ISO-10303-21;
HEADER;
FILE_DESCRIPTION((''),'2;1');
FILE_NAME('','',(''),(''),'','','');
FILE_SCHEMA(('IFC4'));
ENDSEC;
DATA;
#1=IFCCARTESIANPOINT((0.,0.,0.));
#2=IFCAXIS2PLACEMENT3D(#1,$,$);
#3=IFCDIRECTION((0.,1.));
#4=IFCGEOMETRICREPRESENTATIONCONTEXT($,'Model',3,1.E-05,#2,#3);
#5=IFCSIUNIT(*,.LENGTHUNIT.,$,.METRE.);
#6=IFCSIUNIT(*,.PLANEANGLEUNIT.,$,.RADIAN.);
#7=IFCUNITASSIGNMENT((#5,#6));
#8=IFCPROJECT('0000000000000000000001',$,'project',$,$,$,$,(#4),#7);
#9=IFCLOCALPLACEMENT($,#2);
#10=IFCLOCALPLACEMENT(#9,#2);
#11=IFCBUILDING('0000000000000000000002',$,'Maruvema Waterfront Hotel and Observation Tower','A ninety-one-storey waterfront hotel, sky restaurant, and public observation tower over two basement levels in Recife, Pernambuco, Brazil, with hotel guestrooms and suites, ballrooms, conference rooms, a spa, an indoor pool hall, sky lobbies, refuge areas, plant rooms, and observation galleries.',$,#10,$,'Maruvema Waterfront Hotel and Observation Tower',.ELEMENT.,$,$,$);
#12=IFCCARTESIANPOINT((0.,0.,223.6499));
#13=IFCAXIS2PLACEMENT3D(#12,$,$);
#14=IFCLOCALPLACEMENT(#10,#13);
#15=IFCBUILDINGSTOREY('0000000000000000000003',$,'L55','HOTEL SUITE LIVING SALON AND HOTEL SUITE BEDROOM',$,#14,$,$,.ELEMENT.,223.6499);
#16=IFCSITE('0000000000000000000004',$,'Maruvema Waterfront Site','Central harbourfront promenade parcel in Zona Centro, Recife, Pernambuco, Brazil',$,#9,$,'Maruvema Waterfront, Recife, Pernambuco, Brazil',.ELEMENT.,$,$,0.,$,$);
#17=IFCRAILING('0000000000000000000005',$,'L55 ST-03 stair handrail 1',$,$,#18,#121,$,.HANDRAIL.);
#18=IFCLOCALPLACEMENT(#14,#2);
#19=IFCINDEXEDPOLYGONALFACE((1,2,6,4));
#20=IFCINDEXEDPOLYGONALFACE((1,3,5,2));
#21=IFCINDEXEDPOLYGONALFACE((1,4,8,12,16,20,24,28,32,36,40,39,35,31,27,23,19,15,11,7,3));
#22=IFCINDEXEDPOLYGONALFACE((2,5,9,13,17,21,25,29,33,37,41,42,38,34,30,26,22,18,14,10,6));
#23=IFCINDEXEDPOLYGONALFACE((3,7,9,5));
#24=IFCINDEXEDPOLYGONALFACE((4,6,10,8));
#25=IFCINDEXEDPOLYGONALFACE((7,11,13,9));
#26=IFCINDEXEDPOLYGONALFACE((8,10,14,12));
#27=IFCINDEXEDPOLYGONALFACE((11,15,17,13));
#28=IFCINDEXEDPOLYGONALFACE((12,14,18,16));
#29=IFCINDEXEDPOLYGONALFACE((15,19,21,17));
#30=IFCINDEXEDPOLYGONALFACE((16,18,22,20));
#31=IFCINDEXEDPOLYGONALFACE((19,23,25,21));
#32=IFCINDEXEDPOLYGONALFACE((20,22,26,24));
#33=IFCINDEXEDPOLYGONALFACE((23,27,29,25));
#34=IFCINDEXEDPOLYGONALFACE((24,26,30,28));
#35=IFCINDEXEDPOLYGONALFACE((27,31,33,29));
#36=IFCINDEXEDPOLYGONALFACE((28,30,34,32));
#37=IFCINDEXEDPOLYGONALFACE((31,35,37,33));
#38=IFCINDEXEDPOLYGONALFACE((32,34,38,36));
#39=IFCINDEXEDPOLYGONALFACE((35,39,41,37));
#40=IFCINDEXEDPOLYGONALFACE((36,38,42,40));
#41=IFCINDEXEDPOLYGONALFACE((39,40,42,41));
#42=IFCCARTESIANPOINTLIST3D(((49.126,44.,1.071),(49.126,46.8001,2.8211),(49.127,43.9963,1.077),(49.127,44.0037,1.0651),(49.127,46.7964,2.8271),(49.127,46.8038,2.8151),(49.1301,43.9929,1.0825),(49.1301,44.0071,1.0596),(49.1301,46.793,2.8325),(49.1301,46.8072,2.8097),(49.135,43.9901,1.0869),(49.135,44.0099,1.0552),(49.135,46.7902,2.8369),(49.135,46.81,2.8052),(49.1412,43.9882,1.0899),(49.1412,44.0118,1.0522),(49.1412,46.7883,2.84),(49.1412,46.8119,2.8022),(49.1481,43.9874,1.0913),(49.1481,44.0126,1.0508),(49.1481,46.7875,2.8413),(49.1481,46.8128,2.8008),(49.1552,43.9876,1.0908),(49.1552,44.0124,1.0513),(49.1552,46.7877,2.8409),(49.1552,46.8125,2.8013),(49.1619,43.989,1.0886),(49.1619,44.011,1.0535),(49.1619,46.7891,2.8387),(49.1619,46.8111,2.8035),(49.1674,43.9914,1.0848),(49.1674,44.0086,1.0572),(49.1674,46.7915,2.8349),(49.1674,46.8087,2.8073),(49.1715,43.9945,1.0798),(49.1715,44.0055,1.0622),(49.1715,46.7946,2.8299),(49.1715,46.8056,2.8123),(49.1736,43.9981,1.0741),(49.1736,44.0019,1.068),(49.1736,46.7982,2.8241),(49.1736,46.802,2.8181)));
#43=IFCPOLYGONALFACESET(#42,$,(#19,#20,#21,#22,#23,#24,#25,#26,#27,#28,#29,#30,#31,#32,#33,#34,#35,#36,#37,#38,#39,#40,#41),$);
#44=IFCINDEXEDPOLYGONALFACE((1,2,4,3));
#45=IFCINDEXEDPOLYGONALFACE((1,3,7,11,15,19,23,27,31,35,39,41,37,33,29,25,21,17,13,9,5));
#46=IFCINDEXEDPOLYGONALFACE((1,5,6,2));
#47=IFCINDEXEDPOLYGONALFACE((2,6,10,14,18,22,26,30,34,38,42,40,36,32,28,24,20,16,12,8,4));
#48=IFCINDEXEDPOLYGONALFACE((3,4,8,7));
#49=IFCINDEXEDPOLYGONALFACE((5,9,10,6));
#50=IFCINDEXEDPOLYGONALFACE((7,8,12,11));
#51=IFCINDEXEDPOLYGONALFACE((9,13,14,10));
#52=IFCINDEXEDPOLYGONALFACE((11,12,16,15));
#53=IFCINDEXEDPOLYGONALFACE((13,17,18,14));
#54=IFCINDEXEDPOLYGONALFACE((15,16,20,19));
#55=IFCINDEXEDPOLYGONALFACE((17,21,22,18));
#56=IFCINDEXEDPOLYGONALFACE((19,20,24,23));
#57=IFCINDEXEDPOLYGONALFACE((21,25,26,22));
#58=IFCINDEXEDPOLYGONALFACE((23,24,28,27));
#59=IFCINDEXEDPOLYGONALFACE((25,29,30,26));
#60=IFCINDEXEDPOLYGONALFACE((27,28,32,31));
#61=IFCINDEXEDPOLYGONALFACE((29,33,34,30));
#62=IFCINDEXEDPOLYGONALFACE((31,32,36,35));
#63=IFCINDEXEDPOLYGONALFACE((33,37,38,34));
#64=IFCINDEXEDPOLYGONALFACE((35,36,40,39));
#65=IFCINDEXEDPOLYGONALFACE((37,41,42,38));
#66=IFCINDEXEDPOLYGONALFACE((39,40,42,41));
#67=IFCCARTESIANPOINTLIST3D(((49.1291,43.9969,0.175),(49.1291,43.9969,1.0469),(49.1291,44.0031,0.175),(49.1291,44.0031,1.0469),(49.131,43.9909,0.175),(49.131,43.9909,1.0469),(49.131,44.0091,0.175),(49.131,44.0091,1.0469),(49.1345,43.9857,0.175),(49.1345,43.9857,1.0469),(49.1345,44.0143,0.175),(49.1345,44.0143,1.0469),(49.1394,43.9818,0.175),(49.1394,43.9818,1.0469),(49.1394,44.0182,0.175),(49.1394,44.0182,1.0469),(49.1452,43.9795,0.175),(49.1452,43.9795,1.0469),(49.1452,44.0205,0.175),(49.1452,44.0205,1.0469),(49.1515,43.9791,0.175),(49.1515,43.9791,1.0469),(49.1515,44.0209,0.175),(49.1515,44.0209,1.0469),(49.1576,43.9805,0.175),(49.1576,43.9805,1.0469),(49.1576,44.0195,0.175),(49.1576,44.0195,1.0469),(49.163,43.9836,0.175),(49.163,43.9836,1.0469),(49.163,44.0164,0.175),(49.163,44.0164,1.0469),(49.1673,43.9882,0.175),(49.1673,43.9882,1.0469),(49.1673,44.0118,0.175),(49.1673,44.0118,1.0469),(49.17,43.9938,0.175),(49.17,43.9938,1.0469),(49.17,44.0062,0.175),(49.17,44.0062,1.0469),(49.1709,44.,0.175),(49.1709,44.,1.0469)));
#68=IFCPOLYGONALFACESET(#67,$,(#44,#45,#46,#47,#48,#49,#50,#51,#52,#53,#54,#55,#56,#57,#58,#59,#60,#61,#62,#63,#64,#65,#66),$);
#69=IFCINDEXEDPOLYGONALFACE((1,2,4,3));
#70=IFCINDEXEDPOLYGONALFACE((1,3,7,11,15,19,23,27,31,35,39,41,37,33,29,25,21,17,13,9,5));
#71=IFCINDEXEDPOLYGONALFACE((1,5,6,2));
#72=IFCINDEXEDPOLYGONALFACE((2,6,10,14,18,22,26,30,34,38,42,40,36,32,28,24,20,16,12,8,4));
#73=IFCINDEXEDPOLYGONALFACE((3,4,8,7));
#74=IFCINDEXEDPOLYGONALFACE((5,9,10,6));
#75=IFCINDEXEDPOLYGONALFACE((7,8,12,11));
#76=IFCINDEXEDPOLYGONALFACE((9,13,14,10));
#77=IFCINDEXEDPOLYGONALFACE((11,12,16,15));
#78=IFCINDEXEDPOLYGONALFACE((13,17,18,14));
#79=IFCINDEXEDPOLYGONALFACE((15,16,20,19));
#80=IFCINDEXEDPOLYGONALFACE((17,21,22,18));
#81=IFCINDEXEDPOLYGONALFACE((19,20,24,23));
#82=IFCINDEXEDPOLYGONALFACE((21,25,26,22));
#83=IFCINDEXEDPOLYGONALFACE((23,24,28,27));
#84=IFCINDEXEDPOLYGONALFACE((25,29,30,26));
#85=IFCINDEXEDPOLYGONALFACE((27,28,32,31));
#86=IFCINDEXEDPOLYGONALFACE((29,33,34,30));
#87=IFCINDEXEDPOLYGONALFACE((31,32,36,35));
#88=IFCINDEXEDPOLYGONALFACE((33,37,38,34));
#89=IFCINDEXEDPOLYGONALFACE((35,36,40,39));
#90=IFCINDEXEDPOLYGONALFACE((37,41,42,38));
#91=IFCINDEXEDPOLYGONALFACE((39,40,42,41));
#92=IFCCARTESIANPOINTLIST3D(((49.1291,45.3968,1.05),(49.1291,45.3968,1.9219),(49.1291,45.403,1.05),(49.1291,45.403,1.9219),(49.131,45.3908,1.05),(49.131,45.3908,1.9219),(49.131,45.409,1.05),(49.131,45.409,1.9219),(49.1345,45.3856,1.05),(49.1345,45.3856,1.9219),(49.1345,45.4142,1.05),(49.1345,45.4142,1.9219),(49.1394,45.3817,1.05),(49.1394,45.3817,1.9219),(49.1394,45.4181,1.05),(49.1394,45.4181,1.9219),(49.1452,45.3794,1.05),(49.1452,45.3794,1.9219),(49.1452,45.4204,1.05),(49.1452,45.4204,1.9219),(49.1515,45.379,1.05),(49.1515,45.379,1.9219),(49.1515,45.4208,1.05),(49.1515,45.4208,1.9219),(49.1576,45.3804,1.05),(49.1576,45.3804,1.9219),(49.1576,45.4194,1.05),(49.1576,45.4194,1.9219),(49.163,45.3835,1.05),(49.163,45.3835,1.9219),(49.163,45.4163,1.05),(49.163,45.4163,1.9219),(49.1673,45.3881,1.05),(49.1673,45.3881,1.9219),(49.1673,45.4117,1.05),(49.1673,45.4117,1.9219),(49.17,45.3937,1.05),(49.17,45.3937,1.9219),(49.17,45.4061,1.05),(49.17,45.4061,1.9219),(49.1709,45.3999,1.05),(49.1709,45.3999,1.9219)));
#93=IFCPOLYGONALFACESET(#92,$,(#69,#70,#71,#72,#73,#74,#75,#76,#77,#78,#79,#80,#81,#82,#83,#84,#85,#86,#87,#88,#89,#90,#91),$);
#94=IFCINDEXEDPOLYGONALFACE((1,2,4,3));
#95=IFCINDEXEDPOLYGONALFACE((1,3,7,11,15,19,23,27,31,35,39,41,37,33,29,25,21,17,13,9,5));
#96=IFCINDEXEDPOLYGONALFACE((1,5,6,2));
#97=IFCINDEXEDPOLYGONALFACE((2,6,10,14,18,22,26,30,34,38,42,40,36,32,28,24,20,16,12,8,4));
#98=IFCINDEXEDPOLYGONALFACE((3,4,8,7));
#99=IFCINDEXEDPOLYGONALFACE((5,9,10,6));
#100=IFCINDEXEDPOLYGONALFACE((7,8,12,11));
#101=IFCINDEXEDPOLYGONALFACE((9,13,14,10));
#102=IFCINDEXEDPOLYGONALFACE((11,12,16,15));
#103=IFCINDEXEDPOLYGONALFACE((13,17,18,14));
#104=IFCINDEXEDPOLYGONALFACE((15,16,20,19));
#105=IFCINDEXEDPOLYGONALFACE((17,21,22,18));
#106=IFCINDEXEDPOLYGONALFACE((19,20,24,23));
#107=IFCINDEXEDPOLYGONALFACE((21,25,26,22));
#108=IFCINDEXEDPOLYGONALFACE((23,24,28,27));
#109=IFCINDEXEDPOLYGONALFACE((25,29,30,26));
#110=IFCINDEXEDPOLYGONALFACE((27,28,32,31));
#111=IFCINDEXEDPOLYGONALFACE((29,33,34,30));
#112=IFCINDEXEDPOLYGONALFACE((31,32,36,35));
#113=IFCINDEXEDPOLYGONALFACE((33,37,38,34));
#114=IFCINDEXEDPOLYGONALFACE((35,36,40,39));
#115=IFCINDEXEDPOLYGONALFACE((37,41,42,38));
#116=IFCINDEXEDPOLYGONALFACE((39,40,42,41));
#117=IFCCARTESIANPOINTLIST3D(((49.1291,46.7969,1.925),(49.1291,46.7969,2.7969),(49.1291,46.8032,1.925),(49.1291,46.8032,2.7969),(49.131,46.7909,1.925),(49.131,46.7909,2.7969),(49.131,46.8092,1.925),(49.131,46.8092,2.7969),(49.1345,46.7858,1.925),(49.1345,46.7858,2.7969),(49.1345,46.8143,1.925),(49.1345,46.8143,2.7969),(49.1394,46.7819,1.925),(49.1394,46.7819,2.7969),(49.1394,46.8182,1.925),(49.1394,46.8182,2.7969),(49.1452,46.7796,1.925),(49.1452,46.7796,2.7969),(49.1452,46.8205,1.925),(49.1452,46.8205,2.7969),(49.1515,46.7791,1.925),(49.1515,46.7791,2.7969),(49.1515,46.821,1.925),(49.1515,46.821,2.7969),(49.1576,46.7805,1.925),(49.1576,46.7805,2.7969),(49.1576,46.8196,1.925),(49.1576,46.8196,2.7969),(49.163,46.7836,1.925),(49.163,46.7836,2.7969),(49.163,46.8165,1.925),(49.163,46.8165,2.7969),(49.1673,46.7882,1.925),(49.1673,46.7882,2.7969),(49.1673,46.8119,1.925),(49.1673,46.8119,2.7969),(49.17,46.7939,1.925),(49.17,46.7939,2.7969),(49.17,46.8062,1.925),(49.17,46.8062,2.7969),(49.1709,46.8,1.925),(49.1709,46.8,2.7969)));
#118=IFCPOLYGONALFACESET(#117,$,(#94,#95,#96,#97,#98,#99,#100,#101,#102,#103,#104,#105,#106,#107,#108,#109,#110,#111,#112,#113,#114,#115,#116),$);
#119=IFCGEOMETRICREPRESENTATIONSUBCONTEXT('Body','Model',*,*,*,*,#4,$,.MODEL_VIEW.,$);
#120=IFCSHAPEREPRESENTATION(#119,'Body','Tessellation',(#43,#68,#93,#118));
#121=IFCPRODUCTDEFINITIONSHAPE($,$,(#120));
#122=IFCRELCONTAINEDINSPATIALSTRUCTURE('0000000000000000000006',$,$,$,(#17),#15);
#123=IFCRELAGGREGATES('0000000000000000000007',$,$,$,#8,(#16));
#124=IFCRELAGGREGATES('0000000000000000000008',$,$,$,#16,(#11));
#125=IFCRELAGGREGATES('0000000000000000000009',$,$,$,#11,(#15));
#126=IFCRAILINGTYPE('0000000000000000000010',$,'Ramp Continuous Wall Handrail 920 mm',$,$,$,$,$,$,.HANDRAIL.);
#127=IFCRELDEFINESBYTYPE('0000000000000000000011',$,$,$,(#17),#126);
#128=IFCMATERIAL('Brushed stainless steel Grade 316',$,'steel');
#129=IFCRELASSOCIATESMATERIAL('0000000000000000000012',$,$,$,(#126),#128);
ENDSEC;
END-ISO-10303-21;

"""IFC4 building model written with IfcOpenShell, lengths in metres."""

from ifc_helpers import new_model, si_unit, direction, frame, origin, origin_2d, place, context, subcontext, project, spatial, circle, extrude, material, type_object, element, save


model = new_model("IFC4")

# Units and contexts
model_context = context("Model", 3, precision=1e-05, world=origin(), true_north=direction((0.0, 1.0)))
body_context = subcontext(model_context, "Body", "Model", "MODEL_VIEW")
ifc_project = project(units=[si_unit("LENGTHUNIT", "METRE"), si_unit("PLANEANGLEUNIT", "RADIAN")], contexts=[model_context])

# Site, building, storey
site_placement = place(None, origin())
site = spatial("IfcSite", under=ifc_project, at=site_placement, Name="Maruvema Waterfront Site", Description="Central harbourfront promenade parcel in Zona Centro, Recife, Pernambuco, Brazil", LongName="Maruvema Waterfront, Recife, Pernambuco, Brazil", CompositionType="ELEMENT", RefElevation=0.0)
building_placement = place(site_placement, origin())
building = spatial("IfcBuilding", under=site, at=building_placement, Name="Maruvema Waterfront Hotel and Observation Tower", Description="A ninety-one-storey waterfront hotel, sky restaurant, and public observation tower over two basement levels in Recife, Pernambuco, Brazil, with hotel guestrooms and suites, ballrooms, conference rooms, a spa, an indoor pool hall, sky lobbies, refuge areas, plant rooms, and observation galleries.", LongName="Maruvema Waterfront Hotel and Observation Tower", CompositionType="ELEMENT")
storey_placement = place(building_placement, frame((0.0, 0.0, 223.6499)))
storey = spatial("IfcBuildingStorey", under=building, at=storey_placement, Name="L55", Description="HOTEL SUITE LIVING SALON AND HOTEL SUITE BEDROOM", CompositionType="ELEMENT", Elevation=223.6499)

# Railing
ifc_material_1 = material(Name="Brushed stainless steel Grade 316", Category="steel")
railing_type_1 = type_object("IfcRailingType", Name="Ramp Continuous Wall Handrail 920 mm", PredefinedType="HANDRAIL", material=ifc_material_1)
railing_1_placement = place(storey_placement, frame((49.1499, 44.0, 0.175)))
element("IfcRailing", 1, at=railing_1_placement, inside=storey, type_object=railing_type_1, Name="L55 ST-03 stair handrail 1", PredefinedType="HANDRAIL", context=body_context, shape_type="SweptSolid", body=[
    extrude(circle(Radius=0.0239, at=origin_2d()), frame((0.0, 0.0, 0.896), z_axis=(0.0, 0.848002, 0.529992), x_axis=(-1.0, 0.0, 0.0)), (0.0, 0.0, 1.0), 3.302),
    extrude(circle(Radius=0.021, at=origin_2d()), origin(), (0.0, 0.0, 1.0), 0.8718),
    extrude(circle(Radius=0.021, at=origin_2d()), frame((0.0, 1.3999, 0.875)), (0.0, 0.0, 1.0), 0.8718),
    extrude(circle(Radius=0.021, at=origin_2d()), frame((0.0, 2.8, 1.75)), (0.0, 0.0, 1.0), 0.8718),
])

save(model, "model.ifc")
